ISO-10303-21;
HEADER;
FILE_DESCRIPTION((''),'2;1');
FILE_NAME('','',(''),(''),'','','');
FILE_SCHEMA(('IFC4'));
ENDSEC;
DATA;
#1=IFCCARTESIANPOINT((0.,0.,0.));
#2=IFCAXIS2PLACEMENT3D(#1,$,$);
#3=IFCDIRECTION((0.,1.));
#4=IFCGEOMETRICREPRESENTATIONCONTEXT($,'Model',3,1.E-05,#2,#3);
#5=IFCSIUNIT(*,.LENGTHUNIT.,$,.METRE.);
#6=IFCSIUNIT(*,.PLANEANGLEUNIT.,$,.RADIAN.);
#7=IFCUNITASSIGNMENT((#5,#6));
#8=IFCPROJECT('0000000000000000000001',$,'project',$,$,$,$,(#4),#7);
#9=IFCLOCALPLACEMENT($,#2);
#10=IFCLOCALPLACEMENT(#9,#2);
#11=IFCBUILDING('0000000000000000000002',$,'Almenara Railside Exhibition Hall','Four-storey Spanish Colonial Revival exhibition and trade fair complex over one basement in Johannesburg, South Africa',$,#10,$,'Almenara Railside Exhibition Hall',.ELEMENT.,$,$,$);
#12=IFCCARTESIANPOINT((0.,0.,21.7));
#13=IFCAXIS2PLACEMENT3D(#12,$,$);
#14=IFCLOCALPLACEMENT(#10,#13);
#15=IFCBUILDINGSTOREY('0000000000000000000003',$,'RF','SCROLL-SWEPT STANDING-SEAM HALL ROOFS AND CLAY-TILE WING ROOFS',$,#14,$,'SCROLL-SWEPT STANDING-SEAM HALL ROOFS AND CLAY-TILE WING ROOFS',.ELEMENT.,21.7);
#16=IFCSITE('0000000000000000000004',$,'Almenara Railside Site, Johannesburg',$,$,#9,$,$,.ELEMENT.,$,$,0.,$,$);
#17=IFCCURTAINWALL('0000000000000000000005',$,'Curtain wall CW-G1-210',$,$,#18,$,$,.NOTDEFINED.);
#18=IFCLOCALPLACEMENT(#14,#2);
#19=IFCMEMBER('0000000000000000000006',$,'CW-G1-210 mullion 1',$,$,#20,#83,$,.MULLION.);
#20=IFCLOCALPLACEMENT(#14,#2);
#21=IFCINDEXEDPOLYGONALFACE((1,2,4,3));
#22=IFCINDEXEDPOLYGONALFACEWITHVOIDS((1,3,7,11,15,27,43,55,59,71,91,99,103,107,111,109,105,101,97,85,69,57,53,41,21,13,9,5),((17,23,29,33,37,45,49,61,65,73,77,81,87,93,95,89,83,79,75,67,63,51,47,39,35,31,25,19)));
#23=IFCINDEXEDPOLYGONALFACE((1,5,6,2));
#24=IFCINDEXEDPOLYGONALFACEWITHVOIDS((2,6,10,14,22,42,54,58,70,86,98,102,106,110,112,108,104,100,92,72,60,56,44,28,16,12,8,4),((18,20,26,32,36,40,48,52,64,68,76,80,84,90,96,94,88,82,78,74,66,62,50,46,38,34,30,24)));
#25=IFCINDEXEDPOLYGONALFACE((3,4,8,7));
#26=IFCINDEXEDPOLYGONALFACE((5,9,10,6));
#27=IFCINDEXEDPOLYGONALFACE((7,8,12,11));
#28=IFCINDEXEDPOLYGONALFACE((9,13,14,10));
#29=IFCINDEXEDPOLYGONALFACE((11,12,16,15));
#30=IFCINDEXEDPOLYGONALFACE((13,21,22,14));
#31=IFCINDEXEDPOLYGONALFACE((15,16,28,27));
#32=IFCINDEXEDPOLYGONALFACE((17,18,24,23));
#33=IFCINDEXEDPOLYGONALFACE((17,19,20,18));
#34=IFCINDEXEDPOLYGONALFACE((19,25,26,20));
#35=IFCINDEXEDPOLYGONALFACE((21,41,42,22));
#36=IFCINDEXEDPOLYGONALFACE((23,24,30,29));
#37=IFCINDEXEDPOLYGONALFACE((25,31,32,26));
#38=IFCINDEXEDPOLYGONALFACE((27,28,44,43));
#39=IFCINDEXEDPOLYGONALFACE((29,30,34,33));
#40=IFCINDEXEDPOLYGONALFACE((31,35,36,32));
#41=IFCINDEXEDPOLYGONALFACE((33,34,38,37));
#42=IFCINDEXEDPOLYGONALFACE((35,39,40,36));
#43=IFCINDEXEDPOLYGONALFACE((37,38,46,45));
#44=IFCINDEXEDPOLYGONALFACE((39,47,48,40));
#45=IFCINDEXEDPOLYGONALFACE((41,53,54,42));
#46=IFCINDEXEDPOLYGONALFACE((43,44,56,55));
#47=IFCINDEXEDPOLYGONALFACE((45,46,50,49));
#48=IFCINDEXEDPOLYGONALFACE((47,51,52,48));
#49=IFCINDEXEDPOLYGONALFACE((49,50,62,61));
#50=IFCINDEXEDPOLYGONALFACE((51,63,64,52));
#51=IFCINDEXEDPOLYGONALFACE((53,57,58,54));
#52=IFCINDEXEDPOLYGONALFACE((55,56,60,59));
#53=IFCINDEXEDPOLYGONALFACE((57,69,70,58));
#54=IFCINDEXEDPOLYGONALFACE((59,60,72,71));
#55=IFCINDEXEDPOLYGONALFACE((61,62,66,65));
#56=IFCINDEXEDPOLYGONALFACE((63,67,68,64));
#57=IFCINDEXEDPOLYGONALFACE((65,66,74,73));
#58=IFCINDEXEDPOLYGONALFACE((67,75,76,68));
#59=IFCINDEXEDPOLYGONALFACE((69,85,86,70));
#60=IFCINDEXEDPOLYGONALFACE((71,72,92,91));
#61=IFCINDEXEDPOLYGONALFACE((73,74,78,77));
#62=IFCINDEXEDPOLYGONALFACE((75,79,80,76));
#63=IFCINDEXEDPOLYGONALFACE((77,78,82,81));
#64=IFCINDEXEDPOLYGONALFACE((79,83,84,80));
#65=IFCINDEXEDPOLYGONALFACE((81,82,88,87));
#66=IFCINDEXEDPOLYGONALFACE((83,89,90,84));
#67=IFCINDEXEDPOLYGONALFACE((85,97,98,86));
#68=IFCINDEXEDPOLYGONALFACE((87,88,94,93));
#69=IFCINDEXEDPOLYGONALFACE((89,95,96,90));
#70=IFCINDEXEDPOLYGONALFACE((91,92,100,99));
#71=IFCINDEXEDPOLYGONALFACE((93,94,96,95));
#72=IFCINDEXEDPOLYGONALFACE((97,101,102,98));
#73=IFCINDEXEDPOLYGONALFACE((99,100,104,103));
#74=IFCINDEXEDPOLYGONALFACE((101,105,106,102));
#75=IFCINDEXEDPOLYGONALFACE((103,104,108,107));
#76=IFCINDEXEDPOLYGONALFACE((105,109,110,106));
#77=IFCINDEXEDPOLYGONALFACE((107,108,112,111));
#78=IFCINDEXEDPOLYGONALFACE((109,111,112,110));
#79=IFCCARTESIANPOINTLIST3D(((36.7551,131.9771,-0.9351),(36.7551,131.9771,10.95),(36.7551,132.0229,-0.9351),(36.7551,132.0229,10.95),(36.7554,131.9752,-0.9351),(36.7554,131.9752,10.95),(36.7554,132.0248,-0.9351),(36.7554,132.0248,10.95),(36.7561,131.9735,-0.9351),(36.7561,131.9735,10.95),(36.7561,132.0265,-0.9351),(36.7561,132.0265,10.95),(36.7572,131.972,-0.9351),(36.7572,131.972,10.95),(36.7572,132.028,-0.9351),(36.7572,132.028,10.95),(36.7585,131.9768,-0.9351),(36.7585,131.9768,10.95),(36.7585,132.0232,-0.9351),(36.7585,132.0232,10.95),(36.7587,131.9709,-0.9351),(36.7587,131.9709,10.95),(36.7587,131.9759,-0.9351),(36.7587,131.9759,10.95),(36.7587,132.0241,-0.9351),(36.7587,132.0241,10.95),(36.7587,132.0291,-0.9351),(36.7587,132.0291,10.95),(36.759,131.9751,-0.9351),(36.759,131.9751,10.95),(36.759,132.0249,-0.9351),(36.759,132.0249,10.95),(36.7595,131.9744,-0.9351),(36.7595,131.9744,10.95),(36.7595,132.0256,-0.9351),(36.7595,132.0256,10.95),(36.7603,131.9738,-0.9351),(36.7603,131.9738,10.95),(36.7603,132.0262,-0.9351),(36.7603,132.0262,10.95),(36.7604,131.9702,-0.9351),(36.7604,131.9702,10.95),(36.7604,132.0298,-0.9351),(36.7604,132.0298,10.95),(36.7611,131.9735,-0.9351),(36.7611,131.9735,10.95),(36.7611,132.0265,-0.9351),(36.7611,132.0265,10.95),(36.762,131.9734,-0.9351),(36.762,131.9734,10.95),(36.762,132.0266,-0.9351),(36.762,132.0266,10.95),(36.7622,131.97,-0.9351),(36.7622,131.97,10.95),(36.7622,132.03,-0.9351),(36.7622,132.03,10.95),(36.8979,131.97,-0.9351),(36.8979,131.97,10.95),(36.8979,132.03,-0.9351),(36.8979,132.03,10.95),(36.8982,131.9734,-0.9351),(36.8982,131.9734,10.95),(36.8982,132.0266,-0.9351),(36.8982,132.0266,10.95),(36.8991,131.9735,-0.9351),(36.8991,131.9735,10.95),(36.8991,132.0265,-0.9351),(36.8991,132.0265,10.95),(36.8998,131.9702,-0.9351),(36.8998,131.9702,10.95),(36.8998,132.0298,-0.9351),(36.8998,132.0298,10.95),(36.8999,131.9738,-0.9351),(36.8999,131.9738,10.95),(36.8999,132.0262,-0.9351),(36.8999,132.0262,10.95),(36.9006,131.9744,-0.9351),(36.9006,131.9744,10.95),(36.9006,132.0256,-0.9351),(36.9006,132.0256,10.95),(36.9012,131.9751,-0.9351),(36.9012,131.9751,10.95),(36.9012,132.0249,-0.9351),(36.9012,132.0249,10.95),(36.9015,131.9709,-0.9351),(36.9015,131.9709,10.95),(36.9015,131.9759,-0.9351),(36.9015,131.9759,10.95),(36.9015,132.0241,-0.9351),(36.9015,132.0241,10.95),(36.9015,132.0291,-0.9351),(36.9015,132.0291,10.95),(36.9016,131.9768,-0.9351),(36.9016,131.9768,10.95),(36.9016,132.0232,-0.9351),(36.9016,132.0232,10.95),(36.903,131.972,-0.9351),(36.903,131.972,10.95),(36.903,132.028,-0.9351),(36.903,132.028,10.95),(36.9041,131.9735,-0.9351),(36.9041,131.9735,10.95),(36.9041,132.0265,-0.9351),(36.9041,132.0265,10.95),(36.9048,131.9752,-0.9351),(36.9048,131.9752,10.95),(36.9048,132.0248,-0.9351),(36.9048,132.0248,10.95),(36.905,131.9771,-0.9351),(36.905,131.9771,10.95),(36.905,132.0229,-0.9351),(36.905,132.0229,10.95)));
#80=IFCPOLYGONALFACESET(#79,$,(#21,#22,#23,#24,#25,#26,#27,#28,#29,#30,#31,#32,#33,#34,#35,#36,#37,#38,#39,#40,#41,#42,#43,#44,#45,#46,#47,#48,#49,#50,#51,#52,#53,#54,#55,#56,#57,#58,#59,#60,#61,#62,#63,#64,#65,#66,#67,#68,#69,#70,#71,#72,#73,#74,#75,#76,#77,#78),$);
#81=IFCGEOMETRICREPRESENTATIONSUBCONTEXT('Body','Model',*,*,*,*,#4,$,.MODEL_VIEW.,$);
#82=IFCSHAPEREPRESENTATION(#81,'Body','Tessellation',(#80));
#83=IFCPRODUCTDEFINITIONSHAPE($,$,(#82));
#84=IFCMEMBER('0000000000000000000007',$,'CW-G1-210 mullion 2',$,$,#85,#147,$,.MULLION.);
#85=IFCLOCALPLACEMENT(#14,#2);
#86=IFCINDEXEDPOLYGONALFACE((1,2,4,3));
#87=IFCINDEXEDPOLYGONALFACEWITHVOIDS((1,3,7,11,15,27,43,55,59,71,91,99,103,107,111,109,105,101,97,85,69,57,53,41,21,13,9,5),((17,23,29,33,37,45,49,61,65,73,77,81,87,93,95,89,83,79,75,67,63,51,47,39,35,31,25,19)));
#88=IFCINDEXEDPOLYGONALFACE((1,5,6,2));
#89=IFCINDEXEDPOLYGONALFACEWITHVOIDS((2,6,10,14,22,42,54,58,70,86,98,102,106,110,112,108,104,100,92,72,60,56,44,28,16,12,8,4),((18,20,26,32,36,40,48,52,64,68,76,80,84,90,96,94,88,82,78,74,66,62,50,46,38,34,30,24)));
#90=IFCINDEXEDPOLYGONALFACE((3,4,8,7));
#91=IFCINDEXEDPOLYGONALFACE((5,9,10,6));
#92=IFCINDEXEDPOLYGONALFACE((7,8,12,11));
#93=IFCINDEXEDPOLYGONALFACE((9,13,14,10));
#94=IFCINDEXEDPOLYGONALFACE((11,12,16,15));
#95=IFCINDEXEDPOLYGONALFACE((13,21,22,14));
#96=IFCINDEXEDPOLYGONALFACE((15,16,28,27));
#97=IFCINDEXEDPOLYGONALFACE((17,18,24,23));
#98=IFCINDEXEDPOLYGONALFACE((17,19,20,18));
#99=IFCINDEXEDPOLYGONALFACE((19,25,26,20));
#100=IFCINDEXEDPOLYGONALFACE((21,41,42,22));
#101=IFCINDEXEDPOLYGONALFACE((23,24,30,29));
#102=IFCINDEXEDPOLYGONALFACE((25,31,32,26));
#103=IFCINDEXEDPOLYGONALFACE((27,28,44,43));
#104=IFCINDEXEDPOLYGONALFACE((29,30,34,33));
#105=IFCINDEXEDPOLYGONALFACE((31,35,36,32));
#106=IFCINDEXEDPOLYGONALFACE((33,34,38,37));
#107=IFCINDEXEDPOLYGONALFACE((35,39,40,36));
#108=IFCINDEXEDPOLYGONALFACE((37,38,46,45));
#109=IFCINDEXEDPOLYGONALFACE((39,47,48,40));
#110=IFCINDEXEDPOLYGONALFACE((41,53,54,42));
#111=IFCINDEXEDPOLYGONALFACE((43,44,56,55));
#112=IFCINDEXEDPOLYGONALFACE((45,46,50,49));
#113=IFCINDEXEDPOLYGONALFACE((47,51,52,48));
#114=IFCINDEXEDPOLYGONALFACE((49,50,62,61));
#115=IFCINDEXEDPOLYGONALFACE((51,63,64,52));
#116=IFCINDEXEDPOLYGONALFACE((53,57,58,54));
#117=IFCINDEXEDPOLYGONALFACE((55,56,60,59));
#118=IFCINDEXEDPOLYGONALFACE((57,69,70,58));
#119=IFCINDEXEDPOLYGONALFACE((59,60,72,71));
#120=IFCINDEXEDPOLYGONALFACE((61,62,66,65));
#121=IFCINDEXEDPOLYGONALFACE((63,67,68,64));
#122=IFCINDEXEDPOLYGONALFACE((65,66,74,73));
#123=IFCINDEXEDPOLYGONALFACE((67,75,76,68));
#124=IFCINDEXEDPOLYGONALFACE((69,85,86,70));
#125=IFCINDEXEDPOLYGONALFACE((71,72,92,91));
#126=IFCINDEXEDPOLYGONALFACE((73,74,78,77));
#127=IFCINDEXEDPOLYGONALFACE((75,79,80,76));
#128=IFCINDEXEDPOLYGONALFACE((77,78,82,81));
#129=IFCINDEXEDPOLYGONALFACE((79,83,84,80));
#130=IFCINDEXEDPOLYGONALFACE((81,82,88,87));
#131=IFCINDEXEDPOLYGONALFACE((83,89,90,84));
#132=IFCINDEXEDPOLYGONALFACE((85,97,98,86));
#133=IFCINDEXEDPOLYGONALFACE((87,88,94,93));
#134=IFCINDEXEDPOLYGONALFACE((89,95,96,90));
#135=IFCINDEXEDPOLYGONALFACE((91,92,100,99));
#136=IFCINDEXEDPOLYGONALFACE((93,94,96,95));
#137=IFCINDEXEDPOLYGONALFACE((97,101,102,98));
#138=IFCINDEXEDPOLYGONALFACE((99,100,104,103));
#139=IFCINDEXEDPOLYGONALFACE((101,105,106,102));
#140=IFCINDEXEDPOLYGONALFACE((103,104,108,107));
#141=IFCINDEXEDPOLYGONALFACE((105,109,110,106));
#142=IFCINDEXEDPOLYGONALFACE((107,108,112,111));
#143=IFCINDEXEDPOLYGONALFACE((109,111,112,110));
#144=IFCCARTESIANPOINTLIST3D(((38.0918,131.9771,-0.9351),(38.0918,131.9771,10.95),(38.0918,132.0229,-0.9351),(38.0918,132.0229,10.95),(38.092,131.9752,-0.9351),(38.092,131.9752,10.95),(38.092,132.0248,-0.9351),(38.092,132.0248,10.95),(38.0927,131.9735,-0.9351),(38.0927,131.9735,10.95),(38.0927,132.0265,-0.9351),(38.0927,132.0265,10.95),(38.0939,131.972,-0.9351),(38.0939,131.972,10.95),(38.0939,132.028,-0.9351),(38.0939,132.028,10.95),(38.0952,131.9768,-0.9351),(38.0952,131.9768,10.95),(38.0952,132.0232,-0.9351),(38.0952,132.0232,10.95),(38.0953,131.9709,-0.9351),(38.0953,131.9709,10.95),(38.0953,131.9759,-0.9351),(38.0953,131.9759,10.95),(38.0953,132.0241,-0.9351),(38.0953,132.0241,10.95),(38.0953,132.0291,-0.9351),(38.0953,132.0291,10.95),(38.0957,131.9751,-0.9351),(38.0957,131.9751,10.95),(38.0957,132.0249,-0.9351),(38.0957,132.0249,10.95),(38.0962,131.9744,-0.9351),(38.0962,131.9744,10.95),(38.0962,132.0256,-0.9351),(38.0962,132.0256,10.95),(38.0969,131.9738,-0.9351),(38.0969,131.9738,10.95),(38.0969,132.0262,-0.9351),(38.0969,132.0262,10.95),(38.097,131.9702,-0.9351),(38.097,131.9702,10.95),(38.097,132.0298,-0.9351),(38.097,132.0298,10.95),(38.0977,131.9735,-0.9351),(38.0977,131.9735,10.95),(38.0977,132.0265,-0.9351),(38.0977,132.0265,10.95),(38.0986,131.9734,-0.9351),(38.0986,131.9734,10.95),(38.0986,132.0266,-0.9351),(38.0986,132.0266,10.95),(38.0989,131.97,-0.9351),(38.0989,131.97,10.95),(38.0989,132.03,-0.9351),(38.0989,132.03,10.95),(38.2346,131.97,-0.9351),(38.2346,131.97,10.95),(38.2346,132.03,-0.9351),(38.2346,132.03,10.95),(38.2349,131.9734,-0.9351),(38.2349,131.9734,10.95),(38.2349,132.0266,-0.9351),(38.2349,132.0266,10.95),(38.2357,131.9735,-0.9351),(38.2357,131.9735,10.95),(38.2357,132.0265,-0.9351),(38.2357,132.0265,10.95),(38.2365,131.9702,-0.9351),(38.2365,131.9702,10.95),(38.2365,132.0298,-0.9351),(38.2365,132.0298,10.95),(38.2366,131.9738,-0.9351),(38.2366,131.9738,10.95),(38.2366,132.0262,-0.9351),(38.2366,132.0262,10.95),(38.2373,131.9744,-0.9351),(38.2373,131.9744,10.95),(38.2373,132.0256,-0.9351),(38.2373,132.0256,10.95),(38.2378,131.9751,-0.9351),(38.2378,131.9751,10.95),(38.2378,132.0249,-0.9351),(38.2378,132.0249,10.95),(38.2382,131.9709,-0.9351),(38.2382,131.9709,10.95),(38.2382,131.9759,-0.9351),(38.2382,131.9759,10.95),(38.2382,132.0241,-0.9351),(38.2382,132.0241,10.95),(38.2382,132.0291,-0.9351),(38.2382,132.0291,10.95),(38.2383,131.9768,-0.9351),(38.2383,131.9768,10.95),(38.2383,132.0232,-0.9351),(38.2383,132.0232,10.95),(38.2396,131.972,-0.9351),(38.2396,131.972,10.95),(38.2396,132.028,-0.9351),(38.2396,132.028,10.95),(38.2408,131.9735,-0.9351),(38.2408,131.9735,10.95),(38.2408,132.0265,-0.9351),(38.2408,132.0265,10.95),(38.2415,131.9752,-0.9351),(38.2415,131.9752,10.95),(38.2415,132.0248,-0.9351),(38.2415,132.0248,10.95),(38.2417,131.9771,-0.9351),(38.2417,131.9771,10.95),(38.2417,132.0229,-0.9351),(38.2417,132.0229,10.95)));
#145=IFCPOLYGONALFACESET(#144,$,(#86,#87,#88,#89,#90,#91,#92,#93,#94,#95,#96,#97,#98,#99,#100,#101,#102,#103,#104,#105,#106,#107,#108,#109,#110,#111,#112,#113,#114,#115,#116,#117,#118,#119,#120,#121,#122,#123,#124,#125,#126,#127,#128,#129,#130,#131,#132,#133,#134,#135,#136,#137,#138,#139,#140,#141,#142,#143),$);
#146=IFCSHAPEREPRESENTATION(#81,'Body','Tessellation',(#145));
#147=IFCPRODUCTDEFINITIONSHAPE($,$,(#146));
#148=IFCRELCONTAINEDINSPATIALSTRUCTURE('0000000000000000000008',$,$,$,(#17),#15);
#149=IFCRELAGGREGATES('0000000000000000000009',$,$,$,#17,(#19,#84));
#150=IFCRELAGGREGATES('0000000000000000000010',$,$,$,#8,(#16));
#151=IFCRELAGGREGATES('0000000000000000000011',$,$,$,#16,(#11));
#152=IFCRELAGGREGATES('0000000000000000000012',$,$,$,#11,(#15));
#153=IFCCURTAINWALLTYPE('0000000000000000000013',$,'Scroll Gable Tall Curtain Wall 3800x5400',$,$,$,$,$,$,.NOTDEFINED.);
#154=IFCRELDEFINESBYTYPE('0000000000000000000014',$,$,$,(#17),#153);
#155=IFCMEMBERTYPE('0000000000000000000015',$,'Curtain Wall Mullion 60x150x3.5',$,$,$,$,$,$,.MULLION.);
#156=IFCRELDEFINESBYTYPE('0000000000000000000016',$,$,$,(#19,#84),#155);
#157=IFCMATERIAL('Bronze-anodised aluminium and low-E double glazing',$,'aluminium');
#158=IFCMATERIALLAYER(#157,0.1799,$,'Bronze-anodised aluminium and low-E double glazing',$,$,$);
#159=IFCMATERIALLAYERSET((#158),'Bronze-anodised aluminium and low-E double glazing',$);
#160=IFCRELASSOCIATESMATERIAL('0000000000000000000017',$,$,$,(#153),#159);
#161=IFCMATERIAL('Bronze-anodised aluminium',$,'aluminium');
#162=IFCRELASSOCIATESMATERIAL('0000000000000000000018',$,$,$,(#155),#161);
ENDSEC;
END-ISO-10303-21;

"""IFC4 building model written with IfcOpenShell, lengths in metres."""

from ifc_helpers import new_model, si_unit, direction, frame, origin, origin_2d, place, context, subcontext, project, spatial, hollow_rectangle, extrude, material, layer, layer_set, material_profile, profile_set, type_object, element, aggregate, save


model = new_model("IFC4")

# Units and contexts
model_context = context("Model", 3, precision=1e-05, world=origin(), true_north=direction((0.0, 1.0)))
body_context = subcontext(model_context, "Body", "Model", "MODEL_VIEW")
ifc_project = project(units=[si_unit("LENGTHUNIT", "METRE"), si_unit("PLANEANGLEUNIT", "RADIAN")], contexts=[model_context])

# Site, building, storey
site_placement = place(None, origin())
site = spatial("IfcSite", under=ifc_project, at=site_placement, Name="Almenara Railside Site, Johannesburg", CompositionType="ELEMENT", RefElevation=0.0)
building_placement = place(site_placement, origin())
building = spatial("IfcBuilding", under=site, at=building_placement, Name="Almenara Railside Exhibition Hall", Description="Four-storey Spanish Colonial Revival exhibition and trade fair complex over one basement in Johannesburg, South Africa", LongName="Almenara Railside Exhibition Hall", CompositionType="ELEMENT")
storey_placement = place(building_placement, frame((0.0, 0.0, 21.7)))
storey = spatial("IfcBuildingStorey", under=building, at=storey_placement, Name="RF", Description="SCROLL-SWEPT STANDING-SEAM HALL ROOFS AND CLAY-TILE WING ROOFS", LongName="SCROLL-SWEPT STANDING-SEAM HALL ROOFS AND CLAY-TILE WING ROOFS", CompositionType="ELEMENT", Elevation=21.7)

# Curtain wall, members
ifc_material_1 = material(Name="Bronze-anodised aluminium and low-E double glazing", Category="aluminium")
ifc_layer_1 = layer(ifc_material_1, 0.1799, Name="Bronze-anodised aluminium and low-E double glazing")
ifc_layer_set_1 = layer_set([ifc_layer_1], Name="Bronze-anodised aluminium and low-E double glazing")
curtain_wall_type = type_object("IfcCurtainWallType", Name="Scroll Gable Tall Curtain Wall 3800x5400", PredefinedType="NOTDEFINED", material=ifc_layer_set_1)
ifc_material_2 = material(Name="Bronze-anodised aluminium", Category="aluminium")
curtain_wall_1_placement = place(storey_placement, origin())
curtain_wall_1 = element("IfcCurtainWall", 1, at=curtain_wall_1_placement, inside=storey, type_object=curtain_wall_type, Name="Curtain wall CW-G1-210", PredefinedType="NOTDEFINED")
ifc_material_profile_1 = material_profile(ifc_material_2, hollow_rectangle(XDim=0.0601, YDim=0.1499, WallThickness=0.0034, InnerFilletRadius=0.0034, OuterFilletRadius=0.0071, at=origin_2d()), Name="ALU-MUL 60x150x3.5")
ifc_profile_set_1 = profile_set([ifc_material_profile_1], Name="Bronze-anodised aluminium")
member_type_1 = type_object("IfcMemberType", Name="Curtain Wall Mullion 60x150x3.5", PredefinedType="MULLION", material=ifc_profile_set_1)
member_1_placement = place(storey_placement, frame((36.8301, 132.0, -0.9351), z_axis=(0.0, 0.0, 1.0), x_axis=(0.0, 1.0, 0.0)))
member_1 = element("IfcMember", 2, at=member_1_placement, type_object=member_type_1, Name="CW-G1-210 mullion 1", PredefinedType="MULLION", context=body_context, shape_type="SweptSolid", body=[
    extrude(hollow_rectangle(XDim=0.0601, YDim=0.1499, WallThickness=0.0034, InnerFilletRadius=0.0034, OuterFilletRadius=0.0071, at=origin_2d()), origin(), (0.0, 0.0, 1.0), 11.885),
])
member_2_placement = place(storey_placement, frame((38.1667, 132.0, -0.9351), z_axis=(0.0, 0.0, 1.0), x_axis=(0.0, 1.0, 0.0)))
member_2 = element("IfcMember", 3, at=member_2_placement, type_object=member_type_1, Name="CW-G1-210 mullion 2", PredefinedType="MULLION", context=body_context, shape_type="SweptSolid", body=[
    extrude(hollow_rectangle(XDim=0.0601, YDim=0.1499, WallThickness=0.0034, InnerFilletRadius=0.0034, OuterFilletRadius=0.0071, at=origin_2d()), origin(), (0.0, 0.0, 1.0), 11.885),
])

aggregate(curtain_wall_1, [member_1, member_2])

save(model, "model.ifc")
